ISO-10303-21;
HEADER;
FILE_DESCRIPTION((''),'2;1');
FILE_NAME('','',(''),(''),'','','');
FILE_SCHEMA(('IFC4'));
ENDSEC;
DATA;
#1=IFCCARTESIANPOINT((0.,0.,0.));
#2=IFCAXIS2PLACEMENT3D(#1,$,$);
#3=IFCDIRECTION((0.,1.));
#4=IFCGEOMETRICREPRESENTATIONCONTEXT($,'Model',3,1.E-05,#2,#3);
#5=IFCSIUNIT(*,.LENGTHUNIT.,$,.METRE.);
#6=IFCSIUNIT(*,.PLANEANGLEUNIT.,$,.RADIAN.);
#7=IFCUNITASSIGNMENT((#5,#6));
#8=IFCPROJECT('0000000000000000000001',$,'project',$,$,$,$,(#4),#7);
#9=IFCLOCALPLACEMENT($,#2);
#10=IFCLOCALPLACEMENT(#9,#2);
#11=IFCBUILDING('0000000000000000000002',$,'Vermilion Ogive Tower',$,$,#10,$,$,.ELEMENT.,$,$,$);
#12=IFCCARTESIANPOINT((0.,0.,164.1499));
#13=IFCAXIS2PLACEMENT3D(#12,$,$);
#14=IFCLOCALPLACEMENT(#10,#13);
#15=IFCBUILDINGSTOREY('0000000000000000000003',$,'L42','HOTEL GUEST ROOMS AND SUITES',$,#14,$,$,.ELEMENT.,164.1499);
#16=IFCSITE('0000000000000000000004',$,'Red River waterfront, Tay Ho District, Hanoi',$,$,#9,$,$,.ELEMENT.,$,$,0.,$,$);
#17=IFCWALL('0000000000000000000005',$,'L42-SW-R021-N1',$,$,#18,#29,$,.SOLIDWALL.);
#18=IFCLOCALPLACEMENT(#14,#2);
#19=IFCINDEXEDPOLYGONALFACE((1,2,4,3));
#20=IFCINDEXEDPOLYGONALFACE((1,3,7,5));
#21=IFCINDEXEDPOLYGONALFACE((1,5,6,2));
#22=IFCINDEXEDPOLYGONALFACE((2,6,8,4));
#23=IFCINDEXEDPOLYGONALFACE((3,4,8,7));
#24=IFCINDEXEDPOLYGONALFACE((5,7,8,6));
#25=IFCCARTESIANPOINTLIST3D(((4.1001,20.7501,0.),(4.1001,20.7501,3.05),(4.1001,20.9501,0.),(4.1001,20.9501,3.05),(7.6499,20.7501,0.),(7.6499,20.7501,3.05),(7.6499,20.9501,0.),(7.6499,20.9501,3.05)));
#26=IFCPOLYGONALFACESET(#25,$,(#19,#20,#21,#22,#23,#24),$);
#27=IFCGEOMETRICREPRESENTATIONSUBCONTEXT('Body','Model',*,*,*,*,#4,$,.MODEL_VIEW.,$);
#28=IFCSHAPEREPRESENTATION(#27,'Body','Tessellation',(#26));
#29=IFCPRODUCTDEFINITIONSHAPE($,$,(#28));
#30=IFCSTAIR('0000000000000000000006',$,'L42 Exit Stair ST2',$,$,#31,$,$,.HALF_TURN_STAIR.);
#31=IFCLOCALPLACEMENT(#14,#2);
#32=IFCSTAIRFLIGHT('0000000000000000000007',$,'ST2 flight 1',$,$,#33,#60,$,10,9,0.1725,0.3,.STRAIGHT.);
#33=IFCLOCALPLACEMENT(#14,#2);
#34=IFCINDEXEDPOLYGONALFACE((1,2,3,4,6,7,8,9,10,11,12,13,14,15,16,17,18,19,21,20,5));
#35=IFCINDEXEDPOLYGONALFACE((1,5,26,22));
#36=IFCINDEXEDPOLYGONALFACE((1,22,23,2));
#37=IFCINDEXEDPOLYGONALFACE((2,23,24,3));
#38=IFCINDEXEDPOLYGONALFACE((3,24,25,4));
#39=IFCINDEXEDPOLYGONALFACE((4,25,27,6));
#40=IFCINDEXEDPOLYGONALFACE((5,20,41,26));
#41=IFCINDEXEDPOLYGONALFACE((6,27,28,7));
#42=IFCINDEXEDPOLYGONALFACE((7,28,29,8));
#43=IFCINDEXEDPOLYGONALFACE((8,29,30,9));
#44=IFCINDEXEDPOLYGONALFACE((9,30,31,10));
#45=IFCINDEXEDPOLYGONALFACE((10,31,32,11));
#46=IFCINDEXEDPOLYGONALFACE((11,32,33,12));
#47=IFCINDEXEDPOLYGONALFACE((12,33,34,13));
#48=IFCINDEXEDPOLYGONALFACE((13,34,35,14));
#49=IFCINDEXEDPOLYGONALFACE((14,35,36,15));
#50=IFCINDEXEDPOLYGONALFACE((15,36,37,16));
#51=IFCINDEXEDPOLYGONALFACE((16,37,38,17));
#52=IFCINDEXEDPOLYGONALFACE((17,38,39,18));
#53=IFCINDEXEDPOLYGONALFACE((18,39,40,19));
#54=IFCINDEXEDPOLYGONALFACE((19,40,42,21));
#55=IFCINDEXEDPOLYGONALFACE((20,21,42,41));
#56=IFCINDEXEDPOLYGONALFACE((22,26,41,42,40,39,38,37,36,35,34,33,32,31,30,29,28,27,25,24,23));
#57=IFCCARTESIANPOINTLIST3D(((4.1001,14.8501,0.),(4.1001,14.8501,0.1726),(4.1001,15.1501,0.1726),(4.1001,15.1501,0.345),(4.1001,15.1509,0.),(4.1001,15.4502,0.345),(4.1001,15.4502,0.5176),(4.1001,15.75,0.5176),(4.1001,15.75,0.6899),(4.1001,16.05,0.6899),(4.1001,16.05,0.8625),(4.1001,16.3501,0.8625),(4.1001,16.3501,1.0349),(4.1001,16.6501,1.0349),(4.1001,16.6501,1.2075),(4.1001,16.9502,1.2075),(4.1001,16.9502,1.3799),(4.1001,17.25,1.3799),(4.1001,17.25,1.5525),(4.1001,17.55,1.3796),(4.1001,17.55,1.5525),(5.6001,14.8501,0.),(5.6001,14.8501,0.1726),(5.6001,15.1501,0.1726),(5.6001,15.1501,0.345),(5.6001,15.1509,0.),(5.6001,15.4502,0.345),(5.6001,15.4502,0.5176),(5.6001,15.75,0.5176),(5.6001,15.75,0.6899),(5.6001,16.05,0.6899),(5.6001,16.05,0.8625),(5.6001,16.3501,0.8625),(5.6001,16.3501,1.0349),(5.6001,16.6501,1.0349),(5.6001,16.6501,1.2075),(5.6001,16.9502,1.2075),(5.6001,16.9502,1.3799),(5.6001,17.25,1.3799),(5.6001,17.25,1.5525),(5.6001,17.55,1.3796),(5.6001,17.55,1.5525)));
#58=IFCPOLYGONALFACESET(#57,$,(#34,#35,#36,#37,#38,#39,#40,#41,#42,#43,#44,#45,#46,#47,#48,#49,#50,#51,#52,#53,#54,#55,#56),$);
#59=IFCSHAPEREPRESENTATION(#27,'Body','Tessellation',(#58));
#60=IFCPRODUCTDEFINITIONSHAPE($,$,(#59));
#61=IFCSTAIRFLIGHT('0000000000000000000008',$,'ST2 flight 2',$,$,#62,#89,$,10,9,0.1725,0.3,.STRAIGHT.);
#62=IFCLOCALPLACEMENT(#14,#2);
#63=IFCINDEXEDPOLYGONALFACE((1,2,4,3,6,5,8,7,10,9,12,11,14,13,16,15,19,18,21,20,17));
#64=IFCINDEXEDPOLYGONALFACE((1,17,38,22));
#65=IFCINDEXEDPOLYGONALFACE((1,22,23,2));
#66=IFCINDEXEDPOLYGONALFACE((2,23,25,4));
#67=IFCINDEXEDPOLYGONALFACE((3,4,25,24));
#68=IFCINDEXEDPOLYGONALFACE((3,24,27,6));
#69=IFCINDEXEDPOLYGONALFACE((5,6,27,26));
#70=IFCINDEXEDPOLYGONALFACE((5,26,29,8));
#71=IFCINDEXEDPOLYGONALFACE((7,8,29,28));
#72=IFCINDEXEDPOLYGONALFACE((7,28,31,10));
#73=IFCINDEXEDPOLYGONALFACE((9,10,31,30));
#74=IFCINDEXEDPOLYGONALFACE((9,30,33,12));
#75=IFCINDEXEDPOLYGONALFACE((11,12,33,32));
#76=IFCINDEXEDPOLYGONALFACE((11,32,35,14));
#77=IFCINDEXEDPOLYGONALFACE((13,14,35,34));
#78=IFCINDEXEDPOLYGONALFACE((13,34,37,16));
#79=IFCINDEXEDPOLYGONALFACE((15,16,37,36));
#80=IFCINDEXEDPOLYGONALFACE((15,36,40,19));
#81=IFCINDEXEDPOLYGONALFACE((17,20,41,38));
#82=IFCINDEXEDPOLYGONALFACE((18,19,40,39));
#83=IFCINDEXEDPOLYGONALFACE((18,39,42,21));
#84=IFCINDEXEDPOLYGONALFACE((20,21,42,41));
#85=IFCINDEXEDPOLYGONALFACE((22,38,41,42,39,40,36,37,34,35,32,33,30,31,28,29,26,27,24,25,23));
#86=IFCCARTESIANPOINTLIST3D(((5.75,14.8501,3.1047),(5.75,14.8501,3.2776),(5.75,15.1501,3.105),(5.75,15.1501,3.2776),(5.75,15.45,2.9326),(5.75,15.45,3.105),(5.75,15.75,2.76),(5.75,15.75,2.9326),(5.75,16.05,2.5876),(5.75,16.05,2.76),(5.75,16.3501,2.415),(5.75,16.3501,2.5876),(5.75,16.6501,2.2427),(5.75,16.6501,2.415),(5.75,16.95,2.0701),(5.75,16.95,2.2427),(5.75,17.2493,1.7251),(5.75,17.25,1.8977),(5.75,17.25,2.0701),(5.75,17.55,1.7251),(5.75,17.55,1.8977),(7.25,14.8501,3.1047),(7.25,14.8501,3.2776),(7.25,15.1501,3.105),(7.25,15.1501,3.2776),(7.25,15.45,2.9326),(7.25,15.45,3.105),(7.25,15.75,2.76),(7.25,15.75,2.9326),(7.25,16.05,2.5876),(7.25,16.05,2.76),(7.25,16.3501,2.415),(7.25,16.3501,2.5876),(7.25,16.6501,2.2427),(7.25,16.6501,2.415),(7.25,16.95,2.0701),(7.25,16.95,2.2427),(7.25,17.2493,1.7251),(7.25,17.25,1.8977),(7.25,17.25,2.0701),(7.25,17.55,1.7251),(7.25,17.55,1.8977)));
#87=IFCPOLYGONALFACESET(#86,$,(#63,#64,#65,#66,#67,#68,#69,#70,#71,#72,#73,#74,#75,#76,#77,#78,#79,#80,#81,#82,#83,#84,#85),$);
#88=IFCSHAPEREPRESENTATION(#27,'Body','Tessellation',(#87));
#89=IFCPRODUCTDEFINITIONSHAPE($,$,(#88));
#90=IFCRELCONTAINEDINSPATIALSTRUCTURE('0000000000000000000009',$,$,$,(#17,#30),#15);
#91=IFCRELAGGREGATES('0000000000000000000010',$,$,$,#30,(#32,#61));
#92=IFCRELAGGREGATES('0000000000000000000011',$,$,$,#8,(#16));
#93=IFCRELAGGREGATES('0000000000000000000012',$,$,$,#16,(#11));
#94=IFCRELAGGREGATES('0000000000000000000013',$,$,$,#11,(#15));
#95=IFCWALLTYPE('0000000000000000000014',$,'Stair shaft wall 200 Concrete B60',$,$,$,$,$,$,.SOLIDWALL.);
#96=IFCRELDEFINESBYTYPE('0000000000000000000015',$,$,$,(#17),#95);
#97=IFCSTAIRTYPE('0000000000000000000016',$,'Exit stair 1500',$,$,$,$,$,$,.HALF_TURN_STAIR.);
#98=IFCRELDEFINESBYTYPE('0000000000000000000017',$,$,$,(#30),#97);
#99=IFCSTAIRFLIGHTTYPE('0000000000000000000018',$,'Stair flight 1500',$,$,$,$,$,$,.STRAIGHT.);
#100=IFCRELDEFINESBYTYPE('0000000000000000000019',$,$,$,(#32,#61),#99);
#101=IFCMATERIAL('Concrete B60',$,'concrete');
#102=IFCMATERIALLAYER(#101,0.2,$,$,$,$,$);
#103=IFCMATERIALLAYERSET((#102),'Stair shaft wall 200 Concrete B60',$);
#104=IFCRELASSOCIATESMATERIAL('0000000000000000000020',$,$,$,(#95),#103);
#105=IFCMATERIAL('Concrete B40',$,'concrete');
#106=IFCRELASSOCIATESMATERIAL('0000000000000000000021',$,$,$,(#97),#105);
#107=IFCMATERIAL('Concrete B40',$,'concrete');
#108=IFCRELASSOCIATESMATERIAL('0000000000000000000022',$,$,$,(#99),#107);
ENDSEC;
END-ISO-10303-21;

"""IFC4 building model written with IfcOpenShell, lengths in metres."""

from ifc_helpers import new_model, si_unit, direction, frame, frame_2d, origin, place, context, subcontext, project, spatial, polyline, rectangle, outline, extrude, material, layer, layer_set, type_object, element, aggregate, save


model = new_model("IFC4")

# Units and contexts
model_context = context("Model", 3, precision=1e-05, world=origin(), true_north=direction((0.0, 1.0)))
body_context = subcontext(model_context, "Body", "Model", "MODEL_VIEW")
ifc_project = project(units=[si_unit("LENGTHUNIT", "METRE"), si_unit("PLANEANGLEUNIT", "RADIAN")], contexts=[model_context])

# Site, building, storey
site_placement = place(None, origin())
site = spatial("IfcSite", under=ifc_project, at=site_placement, Name="Red River waterfront, Tay Ho District, Hanoi", CompositionType="ELEMENT", RefElevation=0.0)
building_placement = place(site_placement, origin())
building = spatial("IfcBuilding", under=site, at=building_placement, Name="Vermilion Ogive Tower", CompositionType="ELEMENT")
storey_placement = place(building_placement, frame((0.0, 0.0, 164.1499)))
storey = spatial("IfcBuildingStorey", under=building, at=storey_placement, Name="L42", Description="HOTEL GUEST ROOMS AND SUITES", CompositionType="ELEMENT", Elevation=164.1499)

# Shared definitions
ifc_material_1 = material(Name="Concrete B60", Category="concrete")
ifc_layer_1 = layer(ifc_material_1, 0.2)
ifc_layer_set_1 = layer_set([ifc_layer_1], Name="Stair shaft wall 200 Concrete B60")
wall_type_1 = type_object("IfcWallType", Name="Stair shaft wall 200 Concrete B60", PredefinedType="SOLIDWALL", material=ifc_layer_set_1)

# Wall
wall_1_placement = place(storey_placement, frame((4.1001, 20.8501, 0.0), z_axis=(0.0, 0.0, 1.0), x_axis=(1.0, 0.0, 0.0)))
element("IfcWall", 1, at=wall_1_placement, inside=storey, type_object=wall_type_1, Name="L42-SW-R021-N1", PredefinedType="SOLIDWALL", context=body_context, shape_type="SweptSolid", body=[
    extrude(rectangle(XDim=3.5498, YDim=0.2, at=frame_2d((1.7749, 0.0))), origin(), (0.0, 0.0, 1.0), 3.05),
])

# Stair, stair flights
ifc_material_2 = material(Name="Concrete B40", Category="concrete")
stair_type = type_object("IfcStairType", Name="Exit stair 1500", PredefinedType="HALF_TURN_STAIR", material=ifc_material_2)
stair_placement = place(storey_placement, origin())
stair = element("IfcStair", 2, at=stair_placement, inside=storey, type_object=stair_type, Name="L42 Exit Stair ST2", PredefinedType="HALF_TURN_STAIR")
ifc_material_3 = material(Name="Concrete B40", Category="concrete")
stair_flight_type = type_object("IfcStairFlightType", Name="Stair flight 1500", PredefinedType="STRAIGHT", material=ifc_material_3)
stair_flight_1_placement = place(storey_placement, frame((4.8501, 14.8501, 0.0), z_axis=(0.0, 0.0, 1.0), x_axis=(0.0, 1.0, 0.0)))
stair_flight_1 = element("IfcStairFlight", 3, at=stair_flight_1_placement, type_object=stair_flight_type, Name="ST2 flight 1", NumberOfRisers=10, NumberOfTreads=9, PredefinedType="STRAIGHT", RiserHeight=0.1725, TreadLength=0.3, context=body_context, shape_type="SweptSolid", body=[
    extrude(outline(polyline([(0.0, 0.0), (0.0, 0.1726), (0.3, 0.1726), (0.3, 0.345), (0.6001, 0.345), (0.6001, 0.5176), (0.8999, 0.5176), (0.8999, 0.6899), (1.2, 0.6899), (1.2, 0.8625), (1.5, 0.8625), (1.5, 1.0349), (1.8, 1.0349), (1.8, 1.2075), (2.1001, 1.2075), (2.1001, 1.3799), (2.3999, 1.3799), (2.3999, 1.5525), (2.7, 1.5525), (2.7, 1.7251), (2.7, 1.3796), (0.3008, 0.0), (0.0, 0.0)])), frame((0.0, 0.75, 0.0), z_axis=(0.0, -1.0, 0.0), x_axis=(1.0, 0.0, 0.0)), (0.0, 0.0, 1.0), 1.5),
])
stair_flight_2_placement = place(storey_placement, frame((6.5, 17.55, 1.7251), z_axis=(0.0, 0.0, 1.0), x_axis=(0.0, -1.0, 0.0)))
stair_flight_2 = element("IfcStairFlight", 4, at=stair_flight_2_placement, type_object=stair_flight_type, Name="ST2 flight 2", NumberOfRisers=10, NumberOfTreads=9, PredefinedType="STRAIGHT", RiserHeight=0.1725, TreadLength=0.3, context=body_context, shape_type="SweptSolid", body=[
    extrude(outline(polyline([(0.0, 0.0), (0.0, 0.1726), (0.3, 0.1726), (0.3, 0.345), (0.6001, 0.345), (0.6001, 0.5176), (0.8999, 0.5176), (0.8999, 0.6899), (1.2, 0.6899), (1.2, 0.8625), (1.5, 0.8625), (1.5, 1.0349), (1.8, 1.0349), (1.8, 1.2075), (2.1001, 1.2075), (2.1001, 1.3799), (2.3999, 1.3799), (2.3999, 1.5525), (2.7, 1.5525), (2.7, 1.7251), (2.7, 1.3796), (0.3008, 0.0), (0.0, 0.0)])), frame((0.0, 0.75, 0.0), z_axis=(0.0, -1.0, 0.0), x_axis=(1.0, 0.0, 0.0)), (0.0, 0.0, 1.0), 1.5),
])
aggregate(stair, [stair_flight_1, stair_flight_2])

save(model, "model.ifc")
